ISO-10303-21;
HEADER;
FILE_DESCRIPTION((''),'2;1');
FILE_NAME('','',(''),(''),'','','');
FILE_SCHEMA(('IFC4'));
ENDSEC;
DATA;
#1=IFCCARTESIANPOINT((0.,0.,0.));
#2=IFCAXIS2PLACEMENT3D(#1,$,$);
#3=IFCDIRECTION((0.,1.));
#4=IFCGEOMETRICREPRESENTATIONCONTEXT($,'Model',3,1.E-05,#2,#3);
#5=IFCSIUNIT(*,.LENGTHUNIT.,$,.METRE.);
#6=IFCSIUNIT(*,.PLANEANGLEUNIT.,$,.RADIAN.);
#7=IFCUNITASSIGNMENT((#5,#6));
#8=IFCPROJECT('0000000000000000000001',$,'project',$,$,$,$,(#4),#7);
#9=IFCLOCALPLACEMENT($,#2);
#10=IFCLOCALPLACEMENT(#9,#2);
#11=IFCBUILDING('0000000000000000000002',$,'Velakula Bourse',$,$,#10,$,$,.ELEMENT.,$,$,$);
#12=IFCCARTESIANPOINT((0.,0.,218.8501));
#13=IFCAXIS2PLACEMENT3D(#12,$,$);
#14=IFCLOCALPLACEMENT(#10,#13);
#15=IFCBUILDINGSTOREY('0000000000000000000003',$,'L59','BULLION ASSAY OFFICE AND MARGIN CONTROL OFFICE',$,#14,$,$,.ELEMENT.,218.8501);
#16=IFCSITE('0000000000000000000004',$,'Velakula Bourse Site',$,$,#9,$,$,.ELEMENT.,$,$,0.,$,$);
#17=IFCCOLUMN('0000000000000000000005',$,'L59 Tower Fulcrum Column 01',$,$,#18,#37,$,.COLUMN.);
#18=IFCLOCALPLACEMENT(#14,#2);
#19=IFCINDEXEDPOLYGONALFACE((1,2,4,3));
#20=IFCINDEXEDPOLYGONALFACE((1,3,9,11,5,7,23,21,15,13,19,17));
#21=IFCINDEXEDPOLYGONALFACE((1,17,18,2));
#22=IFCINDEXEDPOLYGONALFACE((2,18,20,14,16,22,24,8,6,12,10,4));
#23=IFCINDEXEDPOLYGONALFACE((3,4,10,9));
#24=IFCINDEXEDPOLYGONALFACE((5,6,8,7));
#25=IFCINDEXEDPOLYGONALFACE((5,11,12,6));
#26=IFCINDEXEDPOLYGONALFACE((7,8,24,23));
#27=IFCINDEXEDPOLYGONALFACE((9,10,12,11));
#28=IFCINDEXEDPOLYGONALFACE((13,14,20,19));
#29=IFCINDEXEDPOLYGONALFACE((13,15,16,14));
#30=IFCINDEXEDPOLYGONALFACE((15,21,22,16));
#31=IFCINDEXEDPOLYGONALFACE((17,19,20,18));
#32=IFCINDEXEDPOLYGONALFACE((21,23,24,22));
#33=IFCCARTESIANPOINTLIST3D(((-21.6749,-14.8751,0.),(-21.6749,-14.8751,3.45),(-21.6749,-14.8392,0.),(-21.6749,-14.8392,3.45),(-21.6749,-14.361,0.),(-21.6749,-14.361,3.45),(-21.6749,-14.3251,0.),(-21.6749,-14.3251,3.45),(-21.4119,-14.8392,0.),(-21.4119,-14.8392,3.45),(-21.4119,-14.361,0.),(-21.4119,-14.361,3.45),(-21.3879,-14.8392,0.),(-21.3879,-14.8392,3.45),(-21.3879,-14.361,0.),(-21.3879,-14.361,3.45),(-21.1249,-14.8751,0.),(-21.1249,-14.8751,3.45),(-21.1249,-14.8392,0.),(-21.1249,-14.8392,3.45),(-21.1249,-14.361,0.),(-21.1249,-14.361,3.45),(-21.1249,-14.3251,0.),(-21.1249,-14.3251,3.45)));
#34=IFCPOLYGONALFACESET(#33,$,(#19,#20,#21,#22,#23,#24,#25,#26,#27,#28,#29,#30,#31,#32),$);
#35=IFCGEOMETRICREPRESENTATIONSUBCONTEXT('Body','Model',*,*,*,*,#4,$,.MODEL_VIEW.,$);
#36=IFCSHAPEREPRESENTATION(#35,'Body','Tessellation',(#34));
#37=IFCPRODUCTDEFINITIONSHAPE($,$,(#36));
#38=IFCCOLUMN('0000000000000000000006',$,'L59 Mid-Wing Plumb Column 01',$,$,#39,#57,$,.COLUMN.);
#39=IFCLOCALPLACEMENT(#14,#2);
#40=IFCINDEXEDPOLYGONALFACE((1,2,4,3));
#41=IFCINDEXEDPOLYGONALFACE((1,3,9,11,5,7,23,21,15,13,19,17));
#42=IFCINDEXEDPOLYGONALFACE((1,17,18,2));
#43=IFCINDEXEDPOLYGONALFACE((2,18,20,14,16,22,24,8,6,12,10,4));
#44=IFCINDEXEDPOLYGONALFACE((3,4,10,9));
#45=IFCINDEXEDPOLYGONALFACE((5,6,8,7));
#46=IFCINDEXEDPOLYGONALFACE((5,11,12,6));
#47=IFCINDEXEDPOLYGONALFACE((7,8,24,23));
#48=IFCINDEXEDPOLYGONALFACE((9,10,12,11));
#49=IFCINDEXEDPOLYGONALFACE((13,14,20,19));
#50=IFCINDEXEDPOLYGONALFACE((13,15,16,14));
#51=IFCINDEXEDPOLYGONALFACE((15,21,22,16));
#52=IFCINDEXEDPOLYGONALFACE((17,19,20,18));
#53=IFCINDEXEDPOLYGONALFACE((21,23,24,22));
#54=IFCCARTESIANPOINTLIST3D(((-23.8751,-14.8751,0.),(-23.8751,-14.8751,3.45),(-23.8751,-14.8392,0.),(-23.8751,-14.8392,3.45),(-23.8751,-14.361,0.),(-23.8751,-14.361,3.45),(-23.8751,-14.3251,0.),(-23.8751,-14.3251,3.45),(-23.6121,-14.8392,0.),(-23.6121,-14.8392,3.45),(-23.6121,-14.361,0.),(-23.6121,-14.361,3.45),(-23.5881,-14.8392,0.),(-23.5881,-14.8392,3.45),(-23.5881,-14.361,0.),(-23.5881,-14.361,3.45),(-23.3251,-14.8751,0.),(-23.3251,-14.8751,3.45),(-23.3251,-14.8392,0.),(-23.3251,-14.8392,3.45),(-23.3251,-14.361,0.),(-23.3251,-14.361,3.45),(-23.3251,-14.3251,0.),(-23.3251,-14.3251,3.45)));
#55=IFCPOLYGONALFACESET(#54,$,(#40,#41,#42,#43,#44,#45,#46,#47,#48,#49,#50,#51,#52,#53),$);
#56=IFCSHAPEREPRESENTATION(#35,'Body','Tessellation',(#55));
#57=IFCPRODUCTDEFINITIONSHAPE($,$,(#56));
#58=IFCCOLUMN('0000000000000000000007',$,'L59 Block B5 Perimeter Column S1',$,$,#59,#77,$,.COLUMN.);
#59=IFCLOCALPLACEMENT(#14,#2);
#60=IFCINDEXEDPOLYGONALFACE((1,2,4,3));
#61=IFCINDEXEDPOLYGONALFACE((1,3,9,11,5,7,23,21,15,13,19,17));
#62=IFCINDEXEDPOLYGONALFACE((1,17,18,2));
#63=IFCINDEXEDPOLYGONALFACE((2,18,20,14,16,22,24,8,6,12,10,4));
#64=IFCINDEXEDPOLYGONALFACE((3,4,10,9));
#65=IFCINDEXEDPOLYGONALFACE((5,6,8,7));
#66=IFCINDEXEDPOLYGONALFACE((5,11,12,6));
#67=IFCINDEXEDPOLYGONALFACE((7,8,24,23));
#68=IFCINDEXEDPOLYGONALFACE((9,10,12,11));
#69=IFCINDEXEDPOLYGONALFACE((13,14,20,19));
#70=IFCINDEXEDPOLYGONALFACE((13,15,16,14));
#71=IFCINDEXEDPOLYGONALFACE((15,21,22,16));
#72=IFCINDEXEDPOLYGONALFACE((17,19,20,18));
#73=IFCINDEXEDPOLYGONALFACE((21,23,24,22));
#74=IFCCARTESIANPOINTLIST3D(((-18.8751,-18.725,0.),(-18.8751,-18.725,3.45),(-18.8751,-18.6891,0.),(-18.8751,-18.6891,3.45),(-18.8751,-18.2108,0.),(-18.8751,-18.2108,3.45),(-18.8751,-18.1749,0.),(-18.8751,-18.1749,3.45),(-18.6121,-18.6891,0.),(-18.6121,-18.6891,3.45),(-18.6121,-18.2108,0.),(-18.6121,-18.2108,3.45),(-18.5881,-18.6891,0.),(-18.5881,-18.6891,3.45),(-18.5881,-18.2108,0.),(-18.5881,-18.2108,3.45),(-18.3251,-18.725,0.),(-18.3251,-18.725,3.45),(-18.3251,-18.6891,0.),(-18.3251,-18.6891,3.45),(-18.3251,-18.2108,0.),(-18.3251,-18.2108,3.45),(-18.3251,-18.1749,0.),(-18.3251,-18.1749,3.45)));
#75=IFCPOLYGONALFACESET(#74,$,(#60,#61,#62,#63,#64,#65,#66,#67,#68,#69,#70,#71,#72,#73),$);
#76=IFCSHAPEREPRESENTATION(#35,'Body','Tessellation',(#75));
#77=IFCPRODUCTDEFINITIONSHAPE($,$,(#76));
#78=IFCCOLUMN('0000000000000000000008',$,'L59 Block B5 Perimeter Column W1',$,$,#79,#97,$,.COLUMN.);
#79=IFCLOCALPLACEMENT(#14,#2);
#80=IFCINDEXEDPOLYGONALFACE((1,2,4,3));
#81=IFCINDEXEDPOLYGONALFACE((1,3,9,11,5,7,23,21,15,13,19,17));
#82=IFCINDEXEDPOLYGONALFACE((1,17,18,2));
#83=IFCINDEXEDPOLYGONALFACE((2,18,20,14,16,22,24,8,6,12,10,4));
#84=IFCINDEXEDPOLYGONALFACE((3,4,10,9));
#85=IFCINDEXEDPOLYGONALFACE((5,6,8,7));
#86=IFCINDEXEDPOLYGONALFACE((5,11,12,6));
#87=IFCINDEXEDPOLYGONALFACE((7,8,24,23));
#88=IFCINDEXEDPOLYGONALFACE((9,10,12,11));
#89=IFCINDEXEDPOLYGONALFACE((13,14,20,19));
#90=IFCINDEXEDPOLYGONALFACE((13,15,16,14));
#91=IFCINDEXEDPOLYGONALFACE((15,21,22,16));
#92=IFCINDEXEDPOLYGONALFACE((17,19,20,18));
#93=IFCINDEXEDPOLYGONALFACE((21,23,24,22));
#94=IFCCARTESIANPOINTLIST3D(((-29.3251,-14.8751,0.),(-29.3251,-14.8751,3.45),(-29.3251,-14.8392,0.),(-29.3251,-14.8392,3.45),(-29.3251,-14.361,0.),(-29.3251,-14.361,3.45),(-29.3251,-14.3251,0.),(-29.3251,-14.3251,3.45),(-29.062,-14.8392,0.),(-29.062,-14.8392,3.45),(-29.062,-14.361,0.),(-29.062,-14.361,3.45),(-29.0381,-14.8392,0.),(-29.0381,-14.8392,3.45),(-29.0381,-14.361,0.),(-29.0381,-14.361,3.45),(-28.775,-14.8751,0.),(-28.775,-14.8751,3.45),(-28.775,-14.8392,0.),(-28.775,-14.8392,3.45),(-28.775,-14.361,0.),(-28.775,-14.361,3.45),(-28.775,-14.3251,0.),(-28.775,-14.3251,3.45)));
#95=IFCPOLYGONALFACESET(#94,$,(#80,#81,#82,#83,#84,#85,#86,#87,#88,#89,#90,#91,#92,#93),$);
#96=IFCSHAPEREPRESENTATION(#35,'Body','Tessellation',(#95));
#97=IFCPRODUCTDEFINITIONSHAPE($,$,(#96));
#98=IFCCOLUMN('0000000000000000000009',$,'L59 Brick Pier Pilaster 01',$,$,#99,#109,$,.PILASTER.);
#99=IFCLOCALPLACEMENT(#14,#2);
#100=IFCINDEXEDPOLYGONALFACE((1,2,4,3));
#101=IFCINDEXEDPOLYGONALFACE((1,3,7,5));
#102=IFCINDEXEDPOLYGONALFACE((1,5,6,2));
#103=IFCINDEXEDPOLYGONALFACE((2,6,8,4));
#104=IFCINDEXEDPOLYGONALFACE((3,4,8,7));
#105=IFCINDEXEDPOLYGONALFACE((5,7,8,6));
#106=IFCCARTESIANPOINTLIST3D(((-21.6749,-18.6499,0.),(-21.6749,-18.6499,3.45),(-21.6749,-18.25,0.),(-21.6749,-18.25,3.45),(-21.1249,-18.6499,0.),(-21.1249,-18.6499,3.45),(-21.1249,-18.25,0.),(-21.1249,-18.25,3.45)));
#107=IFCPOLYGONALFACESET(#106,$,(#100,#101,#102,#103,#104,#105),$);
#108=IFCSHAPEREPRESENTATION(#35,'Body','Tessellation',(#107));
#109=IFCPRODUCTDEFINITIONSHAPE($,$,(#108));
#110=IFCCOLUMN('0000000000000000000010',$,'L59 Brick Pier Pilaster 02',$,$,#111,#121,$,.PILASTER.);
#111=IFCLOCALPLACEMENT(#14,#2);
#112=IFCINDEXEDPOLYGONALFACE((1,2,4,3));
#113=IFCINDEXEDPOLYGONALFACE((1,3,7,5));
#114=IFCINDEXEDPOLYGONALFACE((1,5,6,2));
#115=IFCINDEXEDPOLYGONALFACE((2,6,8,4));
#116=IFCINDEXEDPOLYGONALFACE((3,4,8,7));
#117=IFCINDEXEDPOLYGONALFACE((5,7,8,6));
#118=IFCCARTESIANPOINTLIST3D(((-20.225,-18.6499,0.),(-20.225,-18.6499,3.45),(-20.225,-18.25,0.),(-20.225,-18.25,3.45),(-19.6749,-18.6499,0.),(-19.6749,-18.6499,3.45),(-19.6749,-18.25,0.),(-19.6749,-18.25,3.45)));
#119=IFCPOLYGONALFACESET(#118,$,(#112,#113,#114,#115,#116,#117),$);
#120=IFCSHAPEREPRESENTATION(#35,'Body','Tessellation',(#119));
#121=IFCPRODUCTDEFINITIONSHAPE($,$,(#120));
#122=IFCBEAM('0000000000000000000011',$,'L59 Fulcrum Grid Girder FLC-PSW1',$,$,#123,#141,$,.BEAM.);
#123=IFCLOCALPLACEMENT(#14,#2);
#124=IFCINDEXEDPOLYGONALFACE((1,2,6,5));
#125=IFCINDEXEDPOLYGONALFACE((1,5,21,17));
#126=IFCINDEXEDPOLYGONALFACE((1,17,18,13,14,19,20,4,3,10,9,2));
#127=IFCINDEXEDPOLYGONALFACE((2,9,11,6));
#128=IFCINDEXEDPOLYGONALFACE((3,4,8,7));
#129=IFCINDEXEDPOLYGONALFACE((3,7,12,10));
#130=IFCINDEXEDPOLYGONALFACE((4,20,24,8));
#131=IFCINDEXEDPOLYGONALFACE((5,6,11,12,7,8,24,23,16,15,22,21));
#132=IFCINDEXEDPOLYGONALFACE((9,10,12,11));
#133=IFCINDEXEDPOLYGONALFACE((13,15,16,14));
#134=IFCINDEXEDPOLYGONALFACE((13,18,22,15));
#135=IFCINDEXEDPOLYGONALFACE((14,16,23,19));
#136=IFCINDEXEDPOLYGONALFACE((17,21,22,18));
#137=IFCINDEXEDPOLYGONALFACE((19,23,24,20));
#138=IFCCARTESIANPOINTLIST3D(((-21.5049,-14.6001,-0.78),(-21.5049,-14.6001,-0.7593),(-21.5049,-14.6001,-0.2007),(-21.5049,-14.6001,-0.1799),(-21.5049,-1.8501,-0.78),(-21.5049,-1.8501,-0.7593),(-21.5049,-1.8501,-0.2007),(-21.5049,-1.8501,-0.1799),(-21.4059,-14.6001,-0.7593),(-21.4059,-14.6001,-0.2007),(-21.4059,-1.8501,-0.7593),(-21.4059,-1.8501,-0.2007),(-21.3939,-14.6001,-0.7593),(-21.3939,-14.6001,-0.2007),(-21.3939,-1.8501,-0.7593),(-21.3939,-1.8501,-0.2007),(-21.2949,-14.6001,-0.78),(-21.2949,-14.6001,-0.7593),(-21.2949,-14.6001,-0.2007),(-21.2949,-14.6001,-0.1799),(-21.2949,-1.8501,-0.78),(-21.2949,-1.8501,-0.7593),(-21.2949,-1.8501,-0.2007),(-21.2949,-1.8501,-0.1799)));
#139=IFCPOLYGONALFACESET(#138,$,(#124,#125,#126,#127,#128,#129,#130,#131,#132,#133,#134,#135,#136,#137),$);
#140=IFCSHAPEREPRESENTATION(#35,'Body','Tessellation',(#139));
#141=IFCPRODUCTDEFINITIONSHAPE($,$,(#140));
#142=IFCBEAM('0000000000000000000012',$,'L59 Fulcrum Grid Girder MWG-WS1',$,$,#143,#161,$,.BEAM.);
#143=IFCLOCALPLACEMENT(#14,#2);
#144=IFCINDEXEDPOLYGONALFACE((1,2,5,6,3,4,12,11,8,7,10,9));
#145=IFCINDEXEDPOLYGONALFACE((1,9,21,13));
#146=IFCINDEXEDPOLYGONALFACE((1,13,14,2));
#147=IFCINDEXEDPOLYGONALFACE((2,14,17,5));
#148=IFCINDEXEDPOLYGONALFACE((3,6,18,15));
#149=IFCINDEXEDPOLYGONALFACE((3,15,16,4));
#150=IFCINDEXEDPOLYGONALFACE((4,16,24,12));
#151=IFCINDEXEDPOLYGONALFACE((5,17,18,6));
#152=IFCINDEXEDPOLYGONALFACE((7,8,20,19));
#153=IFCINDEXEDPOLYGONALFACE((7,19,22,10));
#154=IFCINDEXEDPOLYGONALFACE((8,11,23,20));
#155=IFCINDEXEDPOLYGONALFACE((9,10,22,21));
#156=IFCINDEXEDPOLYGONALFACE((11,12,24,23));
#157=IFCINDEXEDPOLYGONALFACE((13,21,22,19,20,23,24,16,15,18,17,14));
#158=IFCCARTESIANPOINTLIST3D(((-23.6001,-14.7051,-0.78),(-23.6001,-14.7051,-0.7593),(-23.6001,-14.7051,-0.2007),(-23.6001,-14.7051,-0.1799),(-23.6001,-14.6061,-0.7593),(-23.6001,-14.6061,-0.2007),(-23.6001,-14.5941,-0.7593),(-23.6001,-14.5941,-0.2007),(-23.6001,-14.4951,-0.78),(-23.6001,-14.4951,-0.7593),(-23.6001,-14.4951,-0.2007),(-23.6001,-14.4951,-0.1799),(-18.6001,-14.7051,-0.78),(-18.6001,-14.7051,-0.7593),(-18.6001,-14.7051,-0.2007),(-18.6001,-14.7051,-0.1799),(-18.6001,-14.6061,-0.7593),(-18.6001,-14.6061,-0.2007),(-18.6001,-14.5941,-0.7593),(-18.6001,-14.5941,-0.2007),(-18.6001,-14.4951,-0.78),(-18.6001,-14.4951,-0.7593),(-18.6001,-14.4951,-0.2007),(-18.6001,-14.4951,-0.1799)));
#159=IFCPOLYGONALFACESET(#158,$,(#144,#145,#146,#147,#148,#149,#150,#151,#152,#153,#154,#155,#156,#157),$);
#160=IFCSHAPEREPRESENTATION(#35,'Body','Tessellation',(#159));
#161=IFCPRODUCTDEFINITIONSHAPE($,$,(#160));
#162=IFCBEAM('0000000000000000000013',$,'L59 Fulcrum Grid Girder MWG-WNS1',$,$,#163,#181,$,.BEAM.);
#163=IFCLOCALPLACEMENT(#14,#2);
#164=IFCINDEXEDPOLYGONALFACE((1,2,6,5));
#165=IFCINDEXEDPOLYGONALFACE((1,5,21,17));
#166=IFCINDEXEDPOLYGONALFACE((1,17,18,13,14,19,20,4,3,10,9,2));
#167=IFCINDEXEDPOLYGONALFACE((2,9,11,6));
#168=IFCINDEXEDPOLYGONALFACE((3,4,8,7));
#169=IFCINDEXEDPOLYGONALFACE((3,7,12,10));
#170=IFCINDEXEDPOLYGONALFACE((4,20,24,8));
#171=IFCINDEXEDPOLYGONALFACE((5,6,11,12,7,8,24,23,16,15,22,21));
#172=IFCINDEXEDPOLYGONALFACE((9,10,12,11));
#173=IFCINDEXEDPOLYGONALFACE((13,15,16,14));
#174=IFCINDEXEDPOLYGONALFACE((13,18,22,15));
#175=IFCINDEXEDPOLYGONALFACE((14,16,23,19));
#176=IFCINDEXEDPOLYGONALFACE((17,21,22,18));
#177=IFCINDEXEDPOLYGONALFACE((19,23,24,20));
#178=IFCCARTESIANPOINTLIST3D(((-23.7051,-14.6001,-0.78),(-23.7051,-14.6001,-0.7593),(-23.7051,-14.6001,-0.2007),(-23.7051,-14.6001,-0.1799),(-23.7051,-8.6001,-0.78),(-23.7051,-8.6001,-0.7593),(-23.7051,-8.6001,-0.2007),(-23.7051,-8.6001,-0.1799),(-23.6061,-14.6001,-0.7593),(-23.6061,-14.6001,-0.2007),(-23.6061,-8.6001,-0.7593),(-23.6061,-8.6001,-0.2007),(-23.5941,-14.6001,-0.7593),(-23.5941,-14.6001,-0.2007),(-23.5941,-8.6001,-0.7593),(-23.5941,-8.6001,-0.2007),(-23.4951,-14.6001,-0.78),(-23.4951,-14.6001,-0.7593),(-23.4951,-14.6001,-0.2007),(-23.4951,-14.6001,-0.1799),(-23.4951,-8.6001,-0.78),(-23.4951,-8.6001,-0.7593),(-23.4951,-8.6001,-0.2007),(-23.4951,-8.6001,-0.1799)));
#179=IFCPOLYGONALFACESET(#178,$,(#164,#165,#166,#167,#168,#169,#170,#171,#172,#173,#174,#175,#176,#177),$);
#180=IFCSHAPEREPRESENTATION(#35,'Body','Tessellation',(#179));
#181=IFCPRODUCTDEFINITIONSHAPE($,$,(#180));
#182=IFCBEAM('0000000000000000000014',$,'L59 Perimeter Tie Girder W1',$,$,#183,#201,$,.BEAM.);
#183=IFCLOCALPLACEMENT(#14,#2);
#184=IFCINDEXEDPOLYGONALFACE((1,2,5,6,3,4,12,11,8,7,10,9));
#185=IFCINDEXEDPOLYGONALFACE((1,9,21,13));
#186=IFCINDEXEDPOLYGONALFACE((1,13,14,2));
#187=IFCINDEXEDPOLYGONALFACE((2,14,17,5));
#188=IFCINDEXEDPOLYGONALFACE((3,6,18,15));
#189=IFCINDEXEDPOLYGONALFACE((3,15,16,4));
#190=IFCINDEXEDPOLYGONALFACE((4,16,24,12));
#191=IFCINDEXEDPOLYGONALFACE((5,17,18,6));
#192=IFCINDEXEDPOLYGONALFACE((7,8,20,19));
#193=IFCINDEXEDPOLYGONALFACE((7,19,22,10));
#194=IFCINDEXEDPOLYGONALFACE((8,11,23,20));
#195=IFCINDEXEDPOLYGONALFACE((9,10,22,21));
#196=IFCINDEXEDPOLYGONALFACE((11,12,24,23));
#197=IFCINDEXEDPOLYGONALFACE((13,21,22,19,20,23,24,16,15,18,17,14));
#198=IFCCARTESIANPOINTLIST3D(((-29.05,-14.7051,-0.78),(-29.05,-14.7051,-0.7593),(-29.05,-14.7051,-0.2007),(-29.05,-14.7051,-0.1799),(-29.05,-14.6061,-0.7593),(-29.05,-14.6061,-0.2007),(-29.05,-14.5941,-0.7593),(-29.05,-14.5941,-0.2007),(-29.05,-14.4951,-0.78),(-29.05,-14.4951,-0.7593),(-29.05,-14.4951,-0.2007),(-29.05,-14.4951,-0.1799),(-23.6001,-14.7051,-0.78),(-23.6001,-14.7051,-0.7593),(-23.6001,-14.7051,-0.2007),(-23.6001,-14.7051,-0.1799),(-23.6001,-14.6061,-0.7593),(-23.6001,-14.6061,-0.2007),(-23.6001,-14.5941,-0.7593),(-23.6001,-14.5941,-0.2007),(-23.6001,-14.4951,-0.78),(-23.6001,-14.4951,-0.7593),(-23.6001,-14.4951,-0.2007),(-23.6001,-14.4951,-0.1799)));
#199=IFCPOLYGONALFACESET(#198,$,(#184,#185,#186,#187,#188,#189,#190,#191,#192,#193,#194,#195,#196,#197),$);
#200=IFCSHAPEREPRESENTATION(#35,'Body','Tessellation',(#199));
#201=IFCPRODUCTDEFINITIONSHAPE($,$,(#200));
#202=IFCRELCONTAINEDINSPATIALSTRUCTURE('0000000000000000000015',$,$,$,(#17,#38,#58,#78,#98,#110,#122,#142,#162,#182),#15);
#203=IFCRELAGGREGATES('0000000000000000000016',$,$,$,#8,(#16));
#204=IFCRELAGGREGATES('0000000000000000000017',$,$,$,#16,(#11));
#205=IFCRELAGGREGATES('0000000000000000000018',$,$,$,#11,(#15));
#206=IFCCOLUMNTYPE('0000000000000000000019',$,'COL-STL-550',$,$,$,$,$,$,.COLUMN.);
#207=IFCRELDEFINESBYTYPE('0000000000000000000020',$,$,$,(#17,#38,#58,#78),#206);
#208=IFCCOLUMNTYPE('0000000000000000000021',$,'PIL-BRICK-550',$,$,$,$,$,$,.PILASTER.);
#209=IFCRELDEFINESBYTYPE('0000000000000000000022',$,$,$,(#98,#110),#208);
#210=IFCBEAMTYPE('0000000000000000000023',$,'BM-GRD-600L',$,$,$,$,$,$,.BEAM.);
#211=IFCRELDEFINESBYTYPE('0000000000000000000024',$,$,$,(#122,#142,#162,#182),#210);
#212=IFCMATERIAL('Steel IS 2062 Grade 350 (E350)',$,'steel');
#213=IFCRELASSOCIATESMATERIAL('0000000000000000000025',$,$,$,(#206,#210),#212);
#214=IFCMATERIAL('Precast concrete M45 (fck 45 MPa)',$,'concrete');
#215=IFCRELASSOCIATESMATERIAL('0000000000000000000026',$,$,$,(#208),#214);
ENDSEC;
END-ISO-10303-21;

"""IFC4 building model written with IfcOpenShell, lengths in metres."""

from ifc_helpers import new_model, si_unit, direction, frame, origin, origin_2d, place, context, subcontext, project, spatial, rectangle, i_section, extrude, material, material_profile, profile_set, type_object, element, save


model = new_model("IFC4")

# Units and contexts
model_context = context("Model", 3, precision=1e-05, world=origin(), true_north=direction((0.0, 1.0)))
body_context = subcontext(model_context, "Body", "Model", "MODEL_VIEW")
ifc_project = project(units=[si_unit("LENGTHUNIT", "METRE"), si_unit("PLANEANGLEUNIT", "RADIAN")], contexts=[model_context])

# Site, building, storey
site_placement = place(None, origin())
site = spatial("IfcSite", under=ifc_project, at=site_placement, Name="Velakula Bourse Site", CompositionType="ELEMENT", RefElevation=0.0)
building_placement = place(site_placement, origin())
building = spatial("IfcBuilding", under=site, at=building_placement, Name="Velakula Bourse", CompositionType="ELEMENT")
storey_placement = place(building_placement, frame((0.0, 0.0, 218.8501)))
storey = spatial("IfcBuildingStorey", under=building, at=storey_placement, Name="L59", Description="BULLION ASSAY OFFICE AND MARGIN CONTROL OFFICE", CompositionType="ELEMENT", Elevation=218.8501)

# Columns
ifc_material_1 = material(Name="Steel IS 2062 Grade 350 (E350)", Category="steel")
ifc_material_profile_1 = material_profile(ifc_material_1, i_section(OverallWidth=0.55, OverallDepth=0.55, WebThickness=0.0239, FlangeThickness=0.0359, at=origin_2d()), Name="Steel IS 2062 Grade 350 (E350)")
ifc_profile_set_1 = profile_set([ifc_material_profile_1], Name="Steel IS 2062 Grade 350 (E350)")
column_type_1 = type_object("IfcColumnType", Name="COL-STL-550", PredefinedType="COLUMN", material=ifc_profile_set_1)
for number, where, z_axis, x_axis, name in (
    (1, (-21.3999, -14.6001, 0.0), (0.0, 0.0, 1.0), (1.0, 0.0, 0.0), "L59 Tower Fulcrum Column 01"),
    (2, (-23.6001, -14.6001, 0.0), (0.0, 0.0, 1.0), (1.0, 0.0, 0.0), "L59 Mid-Wing Plumb Column 01"),
    (3, (-18.6001, -18.45, 0.0), (0.0, 0.0, 1.0), (1.0, 0.0, 0.0), "L59 Block B5 Perimeter Column S1"),
    (4, (-29.05, -14.6001, 0.0), (0.0, 0.0, 1.0), (1.0, 0.0, 0.0), "L59 Block B5 Perimeter Column W1"),
):
    element("IfcColumn", number, at=place(storey_placement, frame(where, z_axis=z_axis, x_axis=x_axis)), inside=storey, type_object=column_type_1, Name=name, PredefinedType="COLUMN", context=body_context, shape_type="SweptSolid", body=[
        extrude(i_section(OverallWidth=0.55, OverallDepth=0.55, WebThickness=0.0239, FlangeThickness=0.0359, at=origin_2d()), origin(), (0.0, 0.0, 1.0), 3.45),
    ])
ifc_material_2 = material(Name="Precast concrete M45 (fck 45 MPa)", Category="concrete")
ifc_material_profile_2 = material_profile(ifc_material_2, rectangle(XDim=0.55, YDim=0.3999, at=origin_2d()), Name="Precast concrete M45 (fck 45 MPa)")
ifc_profile_set_2 = profile_set([ifc_material_profile_2], Name="Precast concrete M45 (fck 45 MPa)")
column_type_2 = type_object("IfcColumnType", Name="PIL-BRICK-550", PredefinedType="PILASTER", material=ifc_profile_set_2)
for number, where, z_axis, x_axis, name in (
    (5, (-21.3999, -18.45, 0.0), (0.0, 0.0, 1.0), (1.0, 0.0, 0.0), "L59 Brick Pier Pilaster 01"),
    (6, (-19.95, -18.45, 0.0), (0.0, 0.0, 1.0), (1.0, 0.0, 0.0), "L59 Brick Pier Pilaster 02"),
):
    element("IfcColumn", number, at=place(storey_placement, frame(where, z_axis=z_axis, x_axis=x_axis)), inside=storey, type_object=column_type_2, Name=name, PredefinedType="PILASTER", context=body_context, shape_type="SweptSolid", body=[
        extrude(rectangle(XDim=0.55, YDim=0.3999, at=origin_2d()), origin(), (0.0, 0.0, 1.0), 3.45),
    ])

# Beams
ifc_material_profile_3 = material_profile(ifc_material_1, i_section(OverallWidth=0.21, OverallDepth=0.6001, WebThickness=0.012, FlangeThickness=0.0208, at=origin_2d()), Name="Steel IS 2062 Grade 350 (E350)")
ifc_profile_set_3 = profile_set([ifc_material_profile_3], Name="Steel IS 2062 Grade 350 (E350)")
beam_type_1 = type_object("IfcBeamType", Name="BM-GRD-600L", PredefinedType="BEAM", material=ifc_profile_set_3)
beam_1_placement = place(storey_placement, frame((-21.3999, -14.6001, -0.48), z_axis=(0.0, 1.0, 0.0), x_axis=(-1.0, 0.0, 0.0)))
element("IfcBeam", 7, at=beam_1_placement, inside=storey, type_object=beam_type_1, Name="L59 Fulcrum Grid Girder FLC-PSW1", PredefinedType="BEAM", context=body_context, shape_type="SweptSolid", body=[
    extrude(i_section(OverallWidth=0.21, OverallDepth=0.6001, WebThickness=0.012, FlangeThickness=0.0208, at=origin_2d()), origin(), (0.0, 0.0, 1.0), 12.75),
])
beam_2_placement = place(storey_placement, frame((-23.6001, -14.6001, -0.48), z_axis=(1.0, 0.0, 0.0), x_axis=(0.0, 1.0, 0.0)))
element("IfcBeam", 8, at=beam_2_placement, inside=storey, type_object=beam_type_1, Name="L59 Fulcrum Grid Girder MWG-WS1", PredefinedType="BEAM", context=body_context, shape_type="SweptSolid", body=[
    extrude(i_section(OverallWidth=0.21, OverallDepth=0.6001, WebThickness=0.012, FlangeThickness=0.0208, at=origin_2d()), origin(), (0.0, 0.0, 1.0), 5.0),
])
beam_3_placement = place(storey_placement, frame((-23.6001, -14.6001, -0.48), z_axis=(0.0, 1.0, 0.0), x_axis=(-1.0, 0.0, 0.0)))
element("IfcBeam", 9, at=beam_3_placement, inside=storey, type_object=beam_type_1, Name="L59 Fulcrum Grid Girder MWG-WNS1", PredefinedType="BEAM", context=body_context, shape_type="SweptSolid", body=[
    extrude(i_section(OverallWidth=0.21, OverallDepth=0.6001, WebThickness=0.012, FlangeThickness=0.0208, at=origin_2d()), origin(), (0.0, 0.0, 1.0), 6.0),
])
beam_4_placement = place(storey_placement, frame((-23.6001, -14.6001, -0.48), z_axis=(-1.0, 0.0, 0.0), x_axis=(0.0, -1.0, 0.0)))
element("IfcBeam", 10, at=beam_4_placement, inside=storey, type_object=beam_type_1, Name="L59 Perimeter Tie Girder W1", PredefinedType="BEAM", context=body_context, shape_type="SweptSolid", body=[
    extrude(i_section(OverallWidth=0.21, OverallDepth=0.6001, WebThickness=0.012, FlangeThickness=0.0208, at=origin_2d()), origin(), (0.0, 0.0, 1.0), 5.45),
])

save(model, "model.ifc")
